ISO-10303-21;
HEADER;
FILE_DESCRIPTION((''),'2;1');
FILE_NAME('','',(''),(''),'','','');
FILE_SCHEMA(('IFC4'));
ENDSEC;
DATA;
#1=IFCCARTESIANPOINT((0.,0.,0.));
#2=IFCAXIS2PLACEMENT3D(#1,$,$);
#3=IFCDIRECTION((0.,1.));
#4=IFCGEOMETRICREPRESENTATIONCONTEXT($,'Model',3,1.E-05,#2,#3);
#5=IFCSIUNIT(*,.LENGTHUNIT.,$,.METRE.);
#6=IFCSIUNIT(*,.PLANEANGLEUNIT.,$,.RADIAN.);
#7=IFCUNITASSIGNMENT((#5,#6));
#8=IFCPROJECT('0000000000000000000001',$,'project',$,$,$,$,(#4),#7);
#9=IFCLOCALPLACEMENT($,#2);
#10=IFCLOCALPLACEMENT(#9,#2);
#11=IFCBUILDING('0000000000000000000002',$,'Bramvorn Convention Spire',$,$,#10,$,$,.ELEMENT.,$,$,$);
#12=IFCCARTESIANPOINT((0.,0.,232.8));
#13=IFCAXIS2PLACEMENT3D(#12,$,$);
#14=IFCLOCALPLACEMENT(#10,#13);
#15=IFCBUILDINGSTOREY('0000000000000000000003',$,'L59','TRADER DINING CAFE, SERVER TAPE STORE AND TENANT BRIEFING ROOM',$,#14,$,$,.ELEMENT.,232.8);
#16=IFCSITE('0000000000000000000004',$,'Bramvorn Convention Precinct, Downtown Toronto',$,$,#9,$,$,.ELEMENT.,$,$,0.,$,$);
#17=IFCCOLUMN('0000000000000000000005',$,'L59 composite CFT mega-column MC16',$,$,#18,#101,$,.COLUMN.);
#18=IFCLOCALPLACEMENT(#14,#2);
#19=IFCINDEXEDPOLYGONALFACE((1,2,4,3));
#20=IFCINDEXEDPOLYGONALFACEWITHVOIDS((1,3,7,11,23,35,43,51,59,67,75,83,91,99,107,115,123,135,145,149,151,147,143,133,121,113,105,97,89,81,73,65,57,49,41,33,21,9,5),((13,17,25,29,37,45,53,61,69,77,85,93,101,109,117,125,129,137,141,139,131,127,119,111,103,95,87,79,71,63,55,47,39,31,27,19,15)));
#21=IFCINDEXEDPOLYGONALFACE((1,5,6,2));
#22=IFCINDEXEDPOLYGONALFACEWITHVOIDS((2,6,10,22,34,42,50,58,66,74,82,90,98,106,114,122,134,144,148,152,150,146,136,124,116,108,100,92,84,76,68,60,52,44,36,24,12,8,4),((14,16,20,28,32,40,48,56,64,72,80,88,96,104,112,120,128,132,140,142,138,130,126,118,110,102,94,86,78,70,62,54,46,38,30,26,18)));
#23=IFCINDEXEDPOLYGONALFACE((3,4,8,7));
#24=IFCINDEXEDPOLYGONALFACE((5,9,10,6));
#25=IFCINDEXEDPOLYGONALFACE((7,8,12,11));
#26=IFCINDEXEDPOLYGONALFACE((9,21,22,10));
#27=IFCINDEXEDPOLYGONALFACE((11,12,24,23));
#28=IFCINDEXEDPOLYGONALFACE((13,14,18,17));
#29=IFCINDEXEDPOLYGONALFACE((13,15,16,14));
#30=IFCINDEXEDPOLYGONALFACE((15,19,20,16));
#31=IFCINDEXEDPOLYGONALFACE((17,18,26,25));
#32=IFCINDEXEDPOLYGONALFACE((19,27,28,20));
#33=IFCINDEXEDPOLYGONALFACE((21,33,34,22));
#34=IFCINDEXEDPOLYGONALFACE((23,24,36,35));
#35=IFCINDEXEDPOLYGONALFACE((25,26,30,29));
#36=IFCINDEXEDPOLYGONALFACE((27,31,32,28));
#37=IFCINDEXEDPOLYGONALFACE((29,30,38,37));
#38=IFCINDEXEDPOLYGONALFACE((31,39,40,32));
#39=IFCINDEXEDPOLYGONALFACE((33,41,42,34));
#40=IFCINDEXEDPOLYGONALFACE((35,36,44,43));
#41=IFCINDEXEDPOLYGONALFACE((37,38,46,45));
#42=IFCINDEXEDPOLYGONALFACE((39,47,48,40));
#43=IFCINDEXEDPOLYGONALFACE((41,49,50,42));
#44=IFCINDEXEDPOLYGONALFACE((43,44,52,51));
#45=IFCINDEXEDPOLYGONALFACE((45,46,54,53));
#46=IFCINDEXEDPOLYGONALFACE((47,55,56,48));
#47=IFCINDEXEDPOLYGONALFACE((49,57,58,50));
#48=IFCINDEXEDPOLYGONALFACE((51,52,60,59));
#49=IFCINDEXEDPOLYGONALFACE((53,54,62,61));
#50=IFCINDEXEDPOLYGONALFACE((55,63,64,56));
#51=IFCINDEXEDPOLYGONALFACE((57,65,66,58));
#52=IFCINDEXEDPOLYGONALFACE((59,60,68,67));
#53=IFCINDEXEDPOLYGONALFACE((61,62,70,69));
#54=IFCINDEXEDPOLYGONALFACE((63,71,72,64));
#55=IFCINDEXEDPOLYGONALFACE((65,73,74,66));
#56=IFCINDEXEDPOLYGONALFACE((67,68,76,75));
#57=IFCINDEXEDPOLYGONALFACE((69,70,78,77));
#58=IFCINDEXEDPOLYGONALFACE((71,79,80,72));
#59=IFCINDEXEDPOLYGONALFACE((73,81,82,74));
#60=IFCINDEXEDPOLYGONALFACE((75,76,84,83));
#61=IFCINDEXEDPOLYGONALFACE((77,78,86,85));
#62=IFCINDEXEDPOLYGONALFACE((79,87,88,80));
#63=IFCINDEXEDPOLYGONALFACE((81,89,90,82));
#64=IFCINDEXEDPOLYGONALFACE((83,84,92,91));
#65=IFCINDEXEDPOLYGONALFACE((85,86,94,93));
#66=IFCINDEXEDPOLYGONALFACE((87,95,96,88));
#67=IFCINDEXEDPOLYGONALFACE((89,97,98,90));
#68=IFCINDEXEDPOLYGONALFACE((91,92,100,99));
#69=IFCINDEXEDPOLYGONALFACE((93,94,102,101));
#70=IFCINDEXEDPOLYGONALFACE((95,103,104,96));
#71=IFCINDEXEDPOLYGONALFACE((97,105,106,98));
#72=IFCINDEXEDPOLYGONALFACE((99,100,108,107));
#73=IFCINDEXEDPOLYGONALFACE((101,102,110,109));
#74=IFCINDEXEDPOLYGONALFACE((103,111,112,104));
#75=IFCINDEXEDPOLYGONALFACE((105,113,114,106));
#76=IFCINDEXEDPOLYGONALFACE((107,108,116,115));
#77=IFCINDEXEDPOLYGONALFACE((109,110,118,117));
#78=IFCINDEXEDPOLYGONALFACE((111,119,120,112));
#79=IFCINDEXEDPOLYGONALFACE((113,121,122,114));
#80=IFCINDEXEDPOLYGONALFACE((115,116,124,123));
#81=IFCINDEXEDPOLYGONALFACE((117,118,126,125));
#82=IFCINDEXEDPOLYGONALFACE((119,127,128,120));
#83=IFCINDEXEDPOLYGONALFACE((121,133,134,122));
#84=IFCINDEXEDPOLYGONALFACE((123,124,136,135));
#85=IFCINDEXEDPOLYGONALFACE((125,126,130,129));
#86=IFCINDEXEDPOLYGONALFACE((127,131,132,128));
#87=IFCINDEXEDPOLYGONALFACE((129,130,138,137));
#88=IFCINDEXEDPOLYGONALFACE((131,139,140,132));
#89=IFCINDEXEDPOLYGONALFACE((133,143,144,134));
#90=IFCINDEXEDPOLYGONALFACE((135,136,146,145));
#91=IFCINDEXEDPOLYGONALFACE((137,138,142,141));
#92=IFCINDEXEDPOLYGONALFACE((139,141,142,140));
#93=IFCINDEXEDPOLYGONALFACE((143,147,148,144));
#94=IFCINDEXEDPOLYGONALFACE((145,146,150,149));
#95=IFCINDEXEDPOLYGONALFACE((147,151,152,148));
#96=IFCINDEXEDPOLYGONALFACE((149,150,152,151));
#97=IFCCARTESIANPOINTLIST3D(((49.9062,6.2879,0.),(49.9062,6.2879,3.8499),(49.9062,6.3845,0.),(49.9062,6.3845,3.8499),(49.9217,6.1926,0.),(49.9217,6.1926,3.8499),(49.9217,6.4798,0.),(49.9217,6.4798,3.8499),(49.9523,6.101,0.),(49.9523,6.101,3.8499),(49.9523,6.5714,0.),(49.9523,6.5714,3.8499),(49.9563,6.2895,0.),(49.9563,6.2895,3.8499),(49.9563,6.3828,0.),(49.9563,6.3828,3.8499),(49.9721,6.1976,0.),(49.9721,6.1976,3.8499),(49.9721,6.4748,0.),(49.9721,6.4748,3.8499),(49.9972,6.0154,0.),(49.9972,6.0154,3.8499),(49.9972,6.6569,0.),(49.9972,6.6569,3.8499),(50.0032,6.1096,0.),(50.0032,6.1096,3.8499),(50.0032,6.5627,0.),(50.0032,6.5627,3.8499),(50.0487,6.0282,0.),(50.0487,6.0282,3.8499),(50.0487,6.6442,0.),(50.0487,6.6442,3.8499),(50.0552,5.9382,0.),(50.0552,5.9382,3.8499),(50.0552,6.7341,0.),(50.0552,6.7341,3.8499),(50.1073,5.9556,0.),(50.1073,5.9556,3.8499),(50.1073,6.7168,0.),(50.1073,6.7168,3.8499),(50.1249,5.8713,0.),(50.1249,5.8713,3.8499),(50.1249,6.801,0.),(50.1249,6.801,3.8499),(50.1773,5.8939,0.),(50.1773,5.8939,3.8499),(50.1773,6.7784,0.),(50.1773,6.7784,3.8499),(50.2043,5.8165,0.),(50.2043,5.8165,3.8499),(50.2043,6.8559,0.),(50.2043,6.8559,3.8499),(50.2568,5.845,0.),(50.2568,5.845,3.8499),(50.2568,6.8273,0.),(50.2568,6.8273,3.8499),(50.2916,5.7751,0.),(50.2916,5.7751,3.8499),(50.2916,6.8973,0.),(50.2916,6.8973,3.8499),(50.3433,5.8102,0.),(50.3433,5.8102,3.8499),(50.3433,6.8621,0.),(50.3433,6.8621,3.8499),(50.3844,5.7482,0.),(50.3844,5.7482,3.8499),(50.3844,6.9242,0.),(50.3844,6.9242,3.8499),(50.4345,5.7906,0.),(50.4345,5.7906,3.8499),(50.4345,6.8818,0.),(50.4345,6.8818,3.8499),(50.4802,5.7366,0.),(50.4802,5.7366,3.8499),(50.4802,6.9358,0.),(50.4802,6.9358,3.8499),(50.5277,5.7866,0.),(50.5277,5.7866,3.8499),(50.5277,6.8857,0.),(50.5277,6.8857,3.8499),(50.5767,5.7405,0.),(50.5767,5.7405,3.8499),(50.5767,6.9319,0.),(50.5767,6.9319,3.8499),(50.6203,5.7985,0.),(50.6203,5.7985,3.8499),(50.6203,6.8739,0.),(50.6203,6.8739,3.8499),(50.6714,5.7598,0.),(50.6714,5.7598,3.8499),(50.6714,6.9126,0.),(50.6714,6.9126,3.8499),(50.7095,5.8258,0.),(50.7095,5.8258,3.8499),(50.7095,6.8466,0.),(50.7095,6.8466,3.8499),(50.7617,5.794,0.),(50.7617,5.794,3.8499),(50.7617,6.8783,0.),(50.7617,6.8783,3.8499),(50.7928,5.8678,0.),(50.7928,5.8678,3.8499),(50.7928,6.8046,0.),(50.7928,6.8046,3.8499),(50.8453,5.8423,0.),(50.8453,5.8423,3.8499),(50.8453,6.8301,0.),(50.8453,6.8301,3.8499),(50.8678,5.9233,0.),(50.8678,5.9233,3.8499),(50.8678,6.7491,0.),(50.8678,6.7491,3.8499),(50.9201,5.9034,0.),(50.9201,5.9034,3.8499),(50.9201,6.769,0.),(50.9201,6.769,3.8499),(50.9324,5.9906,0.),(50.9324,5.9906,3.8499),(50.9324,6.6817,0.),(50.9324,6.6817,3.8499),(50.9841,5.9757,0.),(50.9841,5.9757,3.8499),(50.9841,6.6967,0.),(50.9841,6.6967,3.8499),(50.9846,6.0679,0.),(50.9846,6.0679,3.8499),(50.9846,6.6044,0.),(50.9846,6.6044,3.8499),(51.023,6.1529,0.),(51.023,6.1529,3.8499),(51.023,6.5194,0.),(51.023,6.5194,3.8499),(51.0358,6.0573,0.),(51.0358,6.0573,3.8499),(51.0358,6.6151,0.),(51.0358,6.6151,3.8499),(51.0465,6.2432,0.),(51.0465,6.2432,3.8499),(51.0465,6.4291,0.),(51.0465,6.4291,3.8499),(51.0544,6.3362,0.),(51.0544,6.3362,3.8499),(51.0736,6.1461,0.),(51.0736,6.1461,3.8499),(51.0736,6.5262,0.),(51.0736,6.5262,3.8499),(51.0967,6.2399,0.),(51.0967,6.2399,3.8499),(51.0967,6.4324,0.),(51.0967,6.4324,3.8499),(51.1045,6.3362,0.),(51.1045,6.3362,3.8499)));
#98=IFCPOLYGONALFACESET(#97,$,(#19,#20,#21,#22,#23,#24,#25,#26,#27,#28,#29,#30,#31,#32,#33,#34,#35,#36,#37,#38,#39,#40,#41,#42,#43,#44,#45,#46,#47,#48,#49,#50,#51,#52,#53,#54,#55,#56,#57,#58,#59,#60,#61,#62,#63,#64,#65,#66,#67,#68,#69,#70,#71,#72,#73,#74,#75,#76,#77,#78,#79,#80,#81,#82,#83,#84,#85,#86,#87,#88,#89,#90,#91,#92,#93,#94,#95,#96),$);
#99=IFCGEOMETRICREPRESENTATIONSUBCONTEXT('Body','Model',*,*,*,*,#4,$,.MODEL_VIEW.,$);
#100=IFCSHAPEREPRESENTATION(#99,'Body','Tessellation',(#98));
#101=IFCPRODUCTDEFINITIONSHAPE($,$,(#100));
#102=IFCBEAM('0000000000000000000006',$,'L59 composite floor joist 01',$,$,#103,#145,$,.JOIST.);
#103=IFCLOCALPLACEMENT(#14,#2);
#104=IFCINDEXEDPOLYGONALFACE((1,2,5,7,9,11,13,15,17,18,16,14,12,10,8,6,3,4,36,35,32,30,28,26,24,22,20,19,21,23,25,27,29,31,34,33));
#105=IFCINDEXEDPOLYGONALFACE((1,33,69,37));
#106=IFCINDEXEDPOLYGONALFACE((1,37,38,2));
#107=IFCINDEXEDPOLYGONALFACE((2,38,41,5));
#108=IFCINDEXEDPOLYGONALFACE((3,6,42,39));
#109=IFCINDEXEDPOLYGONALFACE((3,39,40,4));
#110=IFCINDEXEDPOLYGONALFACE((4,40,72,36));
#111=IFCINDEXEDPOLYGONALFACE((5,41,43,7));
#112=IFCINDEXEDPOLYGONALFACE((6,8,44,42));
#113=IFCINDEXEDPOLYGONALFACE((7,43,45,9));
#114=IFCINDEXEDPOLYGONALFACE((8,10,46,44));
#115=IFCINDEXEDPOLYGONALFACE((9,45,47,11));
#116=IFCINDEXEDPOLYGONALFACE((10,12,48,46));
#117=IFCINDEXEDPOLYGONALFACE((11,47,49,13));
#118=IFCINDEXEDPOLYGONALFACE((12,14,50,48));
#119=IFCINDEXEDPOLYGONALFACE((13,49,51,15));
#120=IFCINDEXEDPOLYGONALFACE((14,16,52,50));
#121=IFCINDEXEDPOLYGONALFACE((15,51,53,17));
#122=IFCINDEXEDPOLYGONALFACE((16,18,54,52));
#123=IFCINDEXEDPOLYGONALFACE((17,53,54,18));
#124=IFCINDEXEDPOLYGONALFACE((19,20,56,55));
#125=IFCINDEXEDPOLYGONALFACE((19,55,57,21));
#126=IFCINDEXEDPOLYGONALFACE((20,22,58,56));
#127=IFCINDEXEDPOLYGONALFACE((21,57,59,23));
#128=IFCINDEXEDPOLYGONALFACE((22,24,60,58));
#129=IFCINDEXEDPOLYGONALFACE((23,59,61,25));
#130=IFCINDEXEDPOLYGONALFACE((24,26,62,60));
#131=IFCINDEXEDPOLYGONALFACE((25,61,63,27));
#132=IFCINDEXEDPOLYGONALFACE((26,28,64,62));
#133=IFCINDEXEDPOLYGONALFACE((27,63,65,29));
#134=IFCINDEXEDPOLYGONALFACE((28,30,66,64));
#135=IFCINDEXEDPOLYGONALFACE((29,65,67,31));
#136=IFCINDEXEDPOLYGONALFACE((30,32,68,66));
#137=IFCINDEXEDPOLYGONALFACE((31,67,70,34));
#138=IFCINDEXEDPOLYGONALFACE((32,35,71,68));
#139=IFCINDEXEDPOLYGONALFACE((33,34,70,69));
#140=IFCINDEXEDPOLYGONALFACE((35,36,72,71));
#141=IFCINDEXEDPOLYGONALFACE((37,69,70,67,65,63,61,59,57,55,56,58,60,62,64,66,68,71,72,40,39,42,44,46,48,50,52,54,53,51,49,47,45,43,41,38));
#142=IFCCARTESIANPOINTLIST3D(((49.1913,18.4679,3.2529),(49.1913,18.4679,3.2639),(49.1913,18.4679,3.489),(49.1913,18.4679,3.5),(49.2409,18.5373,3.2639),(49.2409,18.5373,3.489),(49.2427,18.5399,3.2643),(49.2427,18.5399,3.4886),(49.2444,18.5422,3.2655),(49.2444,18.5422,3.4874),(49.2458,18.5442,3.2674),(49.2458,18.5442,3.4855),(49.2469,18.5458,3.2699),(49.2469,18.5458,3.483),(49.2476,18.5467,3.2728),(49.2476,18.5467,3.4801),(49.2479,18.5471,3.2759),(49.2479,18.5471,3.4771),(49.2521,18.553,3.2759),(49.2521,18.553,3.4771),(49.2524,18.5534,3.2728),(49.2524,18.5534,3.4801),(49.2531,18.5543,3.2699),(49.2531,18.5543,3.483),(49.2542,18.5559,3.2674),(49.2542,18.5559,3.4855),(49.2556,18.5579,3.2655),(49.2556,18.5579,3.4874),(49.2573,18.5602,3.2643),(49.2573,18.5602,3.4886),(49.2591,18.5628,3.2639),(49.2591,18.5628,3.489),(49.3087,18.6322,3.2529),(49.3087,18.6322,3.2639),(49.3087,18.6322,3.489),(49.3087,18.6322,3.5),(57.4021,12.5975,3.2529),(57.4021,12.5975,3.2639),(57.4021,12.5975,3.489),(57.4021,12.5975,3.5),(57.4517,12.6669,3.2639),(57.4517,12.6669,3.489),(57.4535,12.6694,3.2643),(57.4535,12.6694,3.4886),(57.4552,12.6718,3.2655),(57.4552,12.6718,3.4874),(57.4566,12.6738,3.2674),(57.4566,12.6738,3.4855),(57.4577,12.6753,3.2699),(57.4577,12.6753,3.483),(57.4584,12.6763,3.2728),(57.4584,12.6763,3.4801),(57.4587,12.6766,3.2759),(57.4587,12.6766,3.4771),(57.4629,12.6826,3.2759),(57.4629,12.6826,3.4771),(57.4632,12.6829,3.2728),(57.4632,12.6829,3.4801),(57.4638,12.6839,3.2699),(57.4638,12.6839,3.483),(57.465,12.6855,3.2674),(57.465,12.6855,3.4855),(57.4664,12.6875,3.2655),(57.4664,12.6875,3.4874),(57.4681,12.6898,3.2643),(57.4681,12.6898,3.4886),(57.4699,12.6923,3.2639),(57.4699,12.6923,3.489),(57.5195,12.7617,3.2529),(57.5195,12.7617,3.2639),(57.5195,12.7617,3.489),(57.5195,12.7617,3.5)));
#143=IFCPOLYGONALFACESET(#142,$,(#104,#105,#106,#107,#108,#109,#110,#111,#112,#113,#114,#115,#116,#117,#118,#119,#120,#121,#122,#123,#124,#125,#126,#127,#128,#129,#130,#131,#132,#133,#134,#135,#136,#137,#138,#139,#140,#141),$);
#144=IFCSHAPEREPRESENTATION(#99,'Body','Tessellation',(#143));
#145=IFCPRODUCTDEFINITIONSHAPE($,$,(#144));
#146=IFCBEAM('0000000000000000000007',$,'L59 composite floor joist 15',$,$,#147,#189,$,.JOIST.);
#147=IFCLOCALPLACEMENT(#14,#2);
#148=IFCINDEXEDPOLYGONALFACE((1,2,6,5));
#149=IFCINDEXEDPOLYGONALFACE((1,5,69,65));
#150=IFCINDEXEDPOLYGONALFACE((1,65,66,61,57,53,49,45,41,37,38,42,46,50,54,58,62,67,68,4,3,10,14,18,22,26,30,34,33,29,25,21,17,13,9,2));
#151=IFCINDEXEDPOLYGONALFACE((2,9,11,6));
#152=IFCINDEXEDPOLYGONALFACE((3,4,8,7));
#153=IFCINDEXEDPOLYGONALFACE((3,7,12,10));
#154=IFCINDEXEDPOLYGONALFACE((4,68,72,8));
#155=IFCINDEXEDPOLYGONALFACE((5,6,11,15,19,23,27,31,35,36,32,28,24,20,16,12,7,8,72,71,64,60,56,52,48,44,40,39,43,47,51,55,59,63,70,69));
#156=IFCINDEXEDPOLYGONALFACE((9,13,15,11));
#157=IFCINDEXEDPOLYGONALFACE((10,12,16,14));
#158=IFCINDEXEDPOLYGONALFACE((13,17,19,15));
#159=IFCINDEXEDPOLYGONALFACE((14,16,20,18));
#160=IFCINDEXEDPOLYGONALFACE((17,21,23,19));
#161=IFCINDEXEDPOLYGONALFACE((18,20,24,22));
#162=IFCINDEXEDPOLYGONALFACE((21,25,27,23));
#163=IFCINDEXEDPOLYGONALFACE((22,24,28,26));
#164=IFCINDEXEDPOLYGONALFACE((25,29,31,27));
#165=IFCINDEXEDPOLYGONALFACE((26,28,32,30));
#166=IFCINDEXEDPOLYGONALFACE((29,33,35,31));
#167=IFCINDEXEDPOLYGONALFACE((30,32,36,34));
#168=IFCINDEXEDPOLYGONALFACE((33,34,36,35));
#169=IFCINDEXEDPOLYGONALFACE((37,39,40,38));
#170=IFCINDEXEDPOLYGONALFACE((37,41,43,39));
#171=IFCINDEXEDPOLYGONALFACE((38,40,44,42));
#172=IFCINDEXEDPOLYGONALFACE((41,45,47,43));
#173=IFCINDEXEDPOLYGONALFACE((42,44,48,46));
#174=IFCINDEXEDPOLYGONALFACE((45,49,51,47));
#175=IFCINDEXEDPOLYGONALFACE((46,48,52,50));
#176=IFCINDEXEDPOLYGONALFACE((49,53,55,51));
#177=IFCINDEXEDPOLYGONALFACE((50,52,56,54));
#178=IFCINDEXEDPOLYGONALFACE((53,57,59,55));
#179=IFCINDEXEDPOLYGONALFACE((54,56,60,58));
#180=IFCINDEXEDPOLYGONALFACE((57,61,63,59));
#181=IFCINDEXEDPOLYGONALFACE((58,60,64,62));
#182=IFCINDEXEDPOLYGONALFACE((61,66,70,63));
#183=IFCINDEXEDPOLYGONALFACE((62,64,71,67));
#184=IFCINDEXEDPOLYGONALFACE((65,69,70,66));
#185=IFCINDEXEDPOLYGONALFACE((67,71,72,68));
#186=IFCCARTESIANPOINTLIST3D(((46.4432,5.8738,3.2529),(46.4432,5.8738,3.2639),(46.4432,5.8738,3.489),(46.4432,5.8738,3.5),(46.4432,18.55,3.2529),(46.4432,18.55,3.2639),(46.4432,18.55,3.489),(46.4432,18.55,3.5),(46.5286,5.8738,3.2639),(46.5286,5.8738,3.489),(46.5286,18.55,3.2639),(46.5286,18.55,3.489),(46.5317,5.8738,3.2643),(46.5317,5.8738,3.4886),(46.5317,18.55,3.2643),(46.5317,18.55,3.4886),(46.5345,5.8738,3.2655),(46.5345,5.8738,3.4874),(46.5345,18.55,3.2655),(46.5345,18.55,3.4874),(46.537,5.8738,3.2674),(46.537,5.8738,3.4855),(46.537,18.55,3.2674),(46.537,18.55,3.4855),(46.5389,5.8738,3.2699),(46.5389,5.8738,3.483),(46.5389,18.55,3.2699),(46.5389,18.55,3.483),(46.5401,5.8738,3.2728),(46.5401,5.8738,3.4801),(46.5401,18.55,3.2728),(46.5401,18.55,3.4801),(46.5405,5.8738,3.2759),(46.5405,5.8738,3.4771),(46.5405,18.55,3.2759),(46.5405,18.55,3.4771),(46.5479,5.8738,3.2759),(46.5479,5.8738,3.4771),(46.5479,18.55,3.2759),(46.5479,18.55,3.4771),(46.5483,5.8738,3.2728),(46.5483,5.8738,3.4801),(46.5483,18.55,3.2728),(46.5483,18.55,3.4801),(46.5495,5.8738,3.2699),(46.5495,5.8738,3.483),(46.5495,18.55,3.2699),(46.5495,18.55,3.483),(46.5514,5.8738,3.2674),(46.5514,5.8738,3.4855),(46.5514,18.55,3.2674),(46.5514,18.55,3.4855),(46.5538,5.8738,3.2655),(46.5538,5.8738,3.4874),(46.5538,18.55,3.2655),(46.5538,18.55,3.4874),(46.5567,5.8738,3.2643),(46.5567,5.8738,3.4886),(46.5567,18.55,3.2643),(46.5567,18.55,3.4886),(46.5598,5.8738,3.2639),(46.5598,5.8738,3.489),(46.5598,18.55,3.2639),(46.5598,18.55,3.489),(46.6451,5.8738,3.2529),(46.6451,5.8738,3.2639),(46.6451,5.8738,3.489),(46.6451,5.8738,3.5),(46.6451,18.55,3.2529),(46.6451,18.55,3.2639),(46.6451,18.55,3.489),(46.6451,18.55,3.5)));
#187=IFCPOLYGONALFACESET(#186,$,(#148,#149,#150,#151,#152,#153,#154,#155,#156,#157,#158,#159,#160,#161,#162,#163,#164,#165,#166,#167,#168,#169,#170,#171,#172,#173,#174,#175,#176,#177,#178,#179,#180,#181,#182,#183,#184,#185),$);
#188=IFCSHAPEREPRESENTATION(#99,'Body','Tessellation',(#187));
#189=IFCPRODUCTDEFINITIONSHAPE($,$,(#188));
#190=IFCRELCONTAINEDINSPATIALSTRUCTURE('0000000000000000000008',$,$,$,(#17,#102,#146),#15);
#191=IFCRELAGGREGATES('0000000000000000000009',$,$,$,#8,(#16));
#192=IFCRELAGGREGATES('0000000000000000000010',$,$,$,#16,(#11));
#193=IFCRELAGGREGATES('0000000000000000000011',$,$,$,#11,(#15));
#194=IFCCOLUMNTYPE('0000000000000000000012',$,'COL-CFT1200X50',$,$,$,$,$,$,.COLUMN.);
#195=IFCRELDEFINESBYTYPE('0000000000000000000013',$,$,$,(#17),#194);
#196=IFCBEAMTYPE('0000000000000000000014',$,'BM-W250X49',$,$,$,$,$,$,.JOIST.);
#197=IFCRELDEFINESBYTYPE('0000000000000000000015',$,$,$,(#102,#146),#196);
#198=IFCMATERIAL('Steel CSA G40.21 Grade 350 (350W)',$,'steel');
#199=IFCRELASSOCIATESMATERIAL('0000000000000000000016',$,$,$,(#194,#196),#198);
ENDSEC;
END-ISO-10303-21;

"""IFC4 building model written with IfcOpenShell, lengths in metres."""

from ifc_helpers import new_model, si_unit, direction, frame, origin, origin_2d, place, context, subcontext, project, spatial, hollow_circle, i_section, extrude, material, material_profile, profile_set, type_object, element, save


model = new_model("IFC4")

# Units and contexts
model_context = context("Model", 3, precision=1e-05, world=origin(), true_north=direction((0.0, 1.0)))
body_context = subcontext(model_context, "Body", "Model", "MODEL_VIEW")
ifc_project = project(units=[si_unit("LENGTHUNIT", "METRE"), si_unit("PLANEANGLEUNIT", "RADIAN")], contexts=[model_context])

# Site, building, storey
site_placement = place(None, origin())
site = spatial("IfcSite", under=ifc_project, at=site_placement, Name="Bramvorn Convention Precinct, Downtown Toronto", CompositionType="ELEMENT", RefElevation=0.0)
building_placement = place(site_placement, origin())
building = spatial("IfcBuilding", under=site, at=building_placement, Name="Bramvorn Convention Spire", CompositionType="ELEMENT")
storey_placement = place(building_placement, frame((0.0, 0.0, 232.8)))
storey = spatial("IfcBuildingStorey", under=building, at=storey_placement, Name="L59", Description="TRADER DINING CAFE, SERVER TAPE STORE AND TENANT BRIEFING ROOM", CompositionType="ELEMENT", Elevation=232.8)

# Column
ifc_material_1 = material(Name="Steel CSA G40.21 Grade 350 (350W)", Category="steel")
ifc_material_profile_1 = material_profile(ifc_material_1, hollow_circle(Radius=0.6001, WallThickness=0.05, at=origin_2d()))
ifc_profile_set_1 = profile_set([ifc_material_profile_1], Name="Steel CSA G40.21 Grade 350 (350W) - CFT1200X50")
column_type = type_object("IfcColumnType", Name="COL-CFT1200X50", PredefinedType="COLUMN", material=ifc_profile_set_1)
for number, where, z_axis, x_axis, name in (
    (1, (50.5044, 6.3362, 0.0), (0.0, 0.0, 1.0), (1.0, 0.0, 0.0), "L59 composite CFT mega-column MC16"),
):
    element("IfcColumn", number, at=place(storey_placement, frame(where, z_axis=z_axis, x_axis=x_axis)), inside=storey, type_object=column_type, Name=name, PredefinedType="COLUMN", context=body_context, shape_type="SweptSolid", body=[
        extrude(hollow_circle(Radius=0.6001, WallThickness=0.05, at=origin_2d()), origin(), (0.0, 0.0, 1.0), 3.8499),
    ])

# Beams
ifc_material_profile_2 = material_profile(ifc_material_1, i_section(OverallWidth=0.2019, OverallDepth=0.2471, WebThickness=0.0073, FlangeThickness=0.011, FilletRadius=0.012, at=origin_2d()))
ifc_profile_set_2 = profile_set([ifc_material_profile_2], Name="Steel CSA G40.21 Grade 350 (350W) - W250X49")
beam_type_1 = type_object("IfcBeamType", Name="BM-W250X49", PredefinedType="JOIST", material=ifc_profile_set_2)
beam_1_placement = place(storey_placement, frame((49.25, 18.55, 3.3765), z_axis=(0.813472, -0.581604, 0.0), x_axis=(0.581604, 0.813472, 0.0)))
element("IfcBeam", 2, at=beam_1_placement, inside=storey, type_object=beam_type_1, Name="L59 composite floor joist 01", PredefinedType="JOIST", context=body_context, shape_type="SweptSolid", body=[
    extrude(i_section(OverallWidth=0.2019, OverallDepth=0.2471, WebThickness=0.0073, FlangeThickness=0.011, FilletRadius=0.012, at=origin_2d()), origin(), (0.0, 0.0, 1.0), 10.0935),
])
beam_2_placement = place(storey_placement, frame((46.5442, 18.55, 3.3765), z_axis=(0.0, -1.0, 0.0), x_axis=(1.0, 0.0, 0.0)))
element("IfcBeam", 3, at=beam_2_placement, inside=storey, type_object=beam_type_1, Name="L59 composite floor joist 15", PredefinedType="JOIST", context=body_context, shape_type="SweptSolid", body=[
    extrude(i_section(OverallWidth=0.2019, OverallDepth=0.2471, WebThickness=0.0073, FlangeThickness=0.011, FilletRadius=0.012, at=origin_2d()), origin(), (0.0, 0.0, 1.0), 12.6763),
])

save(model, "model.ifc")
